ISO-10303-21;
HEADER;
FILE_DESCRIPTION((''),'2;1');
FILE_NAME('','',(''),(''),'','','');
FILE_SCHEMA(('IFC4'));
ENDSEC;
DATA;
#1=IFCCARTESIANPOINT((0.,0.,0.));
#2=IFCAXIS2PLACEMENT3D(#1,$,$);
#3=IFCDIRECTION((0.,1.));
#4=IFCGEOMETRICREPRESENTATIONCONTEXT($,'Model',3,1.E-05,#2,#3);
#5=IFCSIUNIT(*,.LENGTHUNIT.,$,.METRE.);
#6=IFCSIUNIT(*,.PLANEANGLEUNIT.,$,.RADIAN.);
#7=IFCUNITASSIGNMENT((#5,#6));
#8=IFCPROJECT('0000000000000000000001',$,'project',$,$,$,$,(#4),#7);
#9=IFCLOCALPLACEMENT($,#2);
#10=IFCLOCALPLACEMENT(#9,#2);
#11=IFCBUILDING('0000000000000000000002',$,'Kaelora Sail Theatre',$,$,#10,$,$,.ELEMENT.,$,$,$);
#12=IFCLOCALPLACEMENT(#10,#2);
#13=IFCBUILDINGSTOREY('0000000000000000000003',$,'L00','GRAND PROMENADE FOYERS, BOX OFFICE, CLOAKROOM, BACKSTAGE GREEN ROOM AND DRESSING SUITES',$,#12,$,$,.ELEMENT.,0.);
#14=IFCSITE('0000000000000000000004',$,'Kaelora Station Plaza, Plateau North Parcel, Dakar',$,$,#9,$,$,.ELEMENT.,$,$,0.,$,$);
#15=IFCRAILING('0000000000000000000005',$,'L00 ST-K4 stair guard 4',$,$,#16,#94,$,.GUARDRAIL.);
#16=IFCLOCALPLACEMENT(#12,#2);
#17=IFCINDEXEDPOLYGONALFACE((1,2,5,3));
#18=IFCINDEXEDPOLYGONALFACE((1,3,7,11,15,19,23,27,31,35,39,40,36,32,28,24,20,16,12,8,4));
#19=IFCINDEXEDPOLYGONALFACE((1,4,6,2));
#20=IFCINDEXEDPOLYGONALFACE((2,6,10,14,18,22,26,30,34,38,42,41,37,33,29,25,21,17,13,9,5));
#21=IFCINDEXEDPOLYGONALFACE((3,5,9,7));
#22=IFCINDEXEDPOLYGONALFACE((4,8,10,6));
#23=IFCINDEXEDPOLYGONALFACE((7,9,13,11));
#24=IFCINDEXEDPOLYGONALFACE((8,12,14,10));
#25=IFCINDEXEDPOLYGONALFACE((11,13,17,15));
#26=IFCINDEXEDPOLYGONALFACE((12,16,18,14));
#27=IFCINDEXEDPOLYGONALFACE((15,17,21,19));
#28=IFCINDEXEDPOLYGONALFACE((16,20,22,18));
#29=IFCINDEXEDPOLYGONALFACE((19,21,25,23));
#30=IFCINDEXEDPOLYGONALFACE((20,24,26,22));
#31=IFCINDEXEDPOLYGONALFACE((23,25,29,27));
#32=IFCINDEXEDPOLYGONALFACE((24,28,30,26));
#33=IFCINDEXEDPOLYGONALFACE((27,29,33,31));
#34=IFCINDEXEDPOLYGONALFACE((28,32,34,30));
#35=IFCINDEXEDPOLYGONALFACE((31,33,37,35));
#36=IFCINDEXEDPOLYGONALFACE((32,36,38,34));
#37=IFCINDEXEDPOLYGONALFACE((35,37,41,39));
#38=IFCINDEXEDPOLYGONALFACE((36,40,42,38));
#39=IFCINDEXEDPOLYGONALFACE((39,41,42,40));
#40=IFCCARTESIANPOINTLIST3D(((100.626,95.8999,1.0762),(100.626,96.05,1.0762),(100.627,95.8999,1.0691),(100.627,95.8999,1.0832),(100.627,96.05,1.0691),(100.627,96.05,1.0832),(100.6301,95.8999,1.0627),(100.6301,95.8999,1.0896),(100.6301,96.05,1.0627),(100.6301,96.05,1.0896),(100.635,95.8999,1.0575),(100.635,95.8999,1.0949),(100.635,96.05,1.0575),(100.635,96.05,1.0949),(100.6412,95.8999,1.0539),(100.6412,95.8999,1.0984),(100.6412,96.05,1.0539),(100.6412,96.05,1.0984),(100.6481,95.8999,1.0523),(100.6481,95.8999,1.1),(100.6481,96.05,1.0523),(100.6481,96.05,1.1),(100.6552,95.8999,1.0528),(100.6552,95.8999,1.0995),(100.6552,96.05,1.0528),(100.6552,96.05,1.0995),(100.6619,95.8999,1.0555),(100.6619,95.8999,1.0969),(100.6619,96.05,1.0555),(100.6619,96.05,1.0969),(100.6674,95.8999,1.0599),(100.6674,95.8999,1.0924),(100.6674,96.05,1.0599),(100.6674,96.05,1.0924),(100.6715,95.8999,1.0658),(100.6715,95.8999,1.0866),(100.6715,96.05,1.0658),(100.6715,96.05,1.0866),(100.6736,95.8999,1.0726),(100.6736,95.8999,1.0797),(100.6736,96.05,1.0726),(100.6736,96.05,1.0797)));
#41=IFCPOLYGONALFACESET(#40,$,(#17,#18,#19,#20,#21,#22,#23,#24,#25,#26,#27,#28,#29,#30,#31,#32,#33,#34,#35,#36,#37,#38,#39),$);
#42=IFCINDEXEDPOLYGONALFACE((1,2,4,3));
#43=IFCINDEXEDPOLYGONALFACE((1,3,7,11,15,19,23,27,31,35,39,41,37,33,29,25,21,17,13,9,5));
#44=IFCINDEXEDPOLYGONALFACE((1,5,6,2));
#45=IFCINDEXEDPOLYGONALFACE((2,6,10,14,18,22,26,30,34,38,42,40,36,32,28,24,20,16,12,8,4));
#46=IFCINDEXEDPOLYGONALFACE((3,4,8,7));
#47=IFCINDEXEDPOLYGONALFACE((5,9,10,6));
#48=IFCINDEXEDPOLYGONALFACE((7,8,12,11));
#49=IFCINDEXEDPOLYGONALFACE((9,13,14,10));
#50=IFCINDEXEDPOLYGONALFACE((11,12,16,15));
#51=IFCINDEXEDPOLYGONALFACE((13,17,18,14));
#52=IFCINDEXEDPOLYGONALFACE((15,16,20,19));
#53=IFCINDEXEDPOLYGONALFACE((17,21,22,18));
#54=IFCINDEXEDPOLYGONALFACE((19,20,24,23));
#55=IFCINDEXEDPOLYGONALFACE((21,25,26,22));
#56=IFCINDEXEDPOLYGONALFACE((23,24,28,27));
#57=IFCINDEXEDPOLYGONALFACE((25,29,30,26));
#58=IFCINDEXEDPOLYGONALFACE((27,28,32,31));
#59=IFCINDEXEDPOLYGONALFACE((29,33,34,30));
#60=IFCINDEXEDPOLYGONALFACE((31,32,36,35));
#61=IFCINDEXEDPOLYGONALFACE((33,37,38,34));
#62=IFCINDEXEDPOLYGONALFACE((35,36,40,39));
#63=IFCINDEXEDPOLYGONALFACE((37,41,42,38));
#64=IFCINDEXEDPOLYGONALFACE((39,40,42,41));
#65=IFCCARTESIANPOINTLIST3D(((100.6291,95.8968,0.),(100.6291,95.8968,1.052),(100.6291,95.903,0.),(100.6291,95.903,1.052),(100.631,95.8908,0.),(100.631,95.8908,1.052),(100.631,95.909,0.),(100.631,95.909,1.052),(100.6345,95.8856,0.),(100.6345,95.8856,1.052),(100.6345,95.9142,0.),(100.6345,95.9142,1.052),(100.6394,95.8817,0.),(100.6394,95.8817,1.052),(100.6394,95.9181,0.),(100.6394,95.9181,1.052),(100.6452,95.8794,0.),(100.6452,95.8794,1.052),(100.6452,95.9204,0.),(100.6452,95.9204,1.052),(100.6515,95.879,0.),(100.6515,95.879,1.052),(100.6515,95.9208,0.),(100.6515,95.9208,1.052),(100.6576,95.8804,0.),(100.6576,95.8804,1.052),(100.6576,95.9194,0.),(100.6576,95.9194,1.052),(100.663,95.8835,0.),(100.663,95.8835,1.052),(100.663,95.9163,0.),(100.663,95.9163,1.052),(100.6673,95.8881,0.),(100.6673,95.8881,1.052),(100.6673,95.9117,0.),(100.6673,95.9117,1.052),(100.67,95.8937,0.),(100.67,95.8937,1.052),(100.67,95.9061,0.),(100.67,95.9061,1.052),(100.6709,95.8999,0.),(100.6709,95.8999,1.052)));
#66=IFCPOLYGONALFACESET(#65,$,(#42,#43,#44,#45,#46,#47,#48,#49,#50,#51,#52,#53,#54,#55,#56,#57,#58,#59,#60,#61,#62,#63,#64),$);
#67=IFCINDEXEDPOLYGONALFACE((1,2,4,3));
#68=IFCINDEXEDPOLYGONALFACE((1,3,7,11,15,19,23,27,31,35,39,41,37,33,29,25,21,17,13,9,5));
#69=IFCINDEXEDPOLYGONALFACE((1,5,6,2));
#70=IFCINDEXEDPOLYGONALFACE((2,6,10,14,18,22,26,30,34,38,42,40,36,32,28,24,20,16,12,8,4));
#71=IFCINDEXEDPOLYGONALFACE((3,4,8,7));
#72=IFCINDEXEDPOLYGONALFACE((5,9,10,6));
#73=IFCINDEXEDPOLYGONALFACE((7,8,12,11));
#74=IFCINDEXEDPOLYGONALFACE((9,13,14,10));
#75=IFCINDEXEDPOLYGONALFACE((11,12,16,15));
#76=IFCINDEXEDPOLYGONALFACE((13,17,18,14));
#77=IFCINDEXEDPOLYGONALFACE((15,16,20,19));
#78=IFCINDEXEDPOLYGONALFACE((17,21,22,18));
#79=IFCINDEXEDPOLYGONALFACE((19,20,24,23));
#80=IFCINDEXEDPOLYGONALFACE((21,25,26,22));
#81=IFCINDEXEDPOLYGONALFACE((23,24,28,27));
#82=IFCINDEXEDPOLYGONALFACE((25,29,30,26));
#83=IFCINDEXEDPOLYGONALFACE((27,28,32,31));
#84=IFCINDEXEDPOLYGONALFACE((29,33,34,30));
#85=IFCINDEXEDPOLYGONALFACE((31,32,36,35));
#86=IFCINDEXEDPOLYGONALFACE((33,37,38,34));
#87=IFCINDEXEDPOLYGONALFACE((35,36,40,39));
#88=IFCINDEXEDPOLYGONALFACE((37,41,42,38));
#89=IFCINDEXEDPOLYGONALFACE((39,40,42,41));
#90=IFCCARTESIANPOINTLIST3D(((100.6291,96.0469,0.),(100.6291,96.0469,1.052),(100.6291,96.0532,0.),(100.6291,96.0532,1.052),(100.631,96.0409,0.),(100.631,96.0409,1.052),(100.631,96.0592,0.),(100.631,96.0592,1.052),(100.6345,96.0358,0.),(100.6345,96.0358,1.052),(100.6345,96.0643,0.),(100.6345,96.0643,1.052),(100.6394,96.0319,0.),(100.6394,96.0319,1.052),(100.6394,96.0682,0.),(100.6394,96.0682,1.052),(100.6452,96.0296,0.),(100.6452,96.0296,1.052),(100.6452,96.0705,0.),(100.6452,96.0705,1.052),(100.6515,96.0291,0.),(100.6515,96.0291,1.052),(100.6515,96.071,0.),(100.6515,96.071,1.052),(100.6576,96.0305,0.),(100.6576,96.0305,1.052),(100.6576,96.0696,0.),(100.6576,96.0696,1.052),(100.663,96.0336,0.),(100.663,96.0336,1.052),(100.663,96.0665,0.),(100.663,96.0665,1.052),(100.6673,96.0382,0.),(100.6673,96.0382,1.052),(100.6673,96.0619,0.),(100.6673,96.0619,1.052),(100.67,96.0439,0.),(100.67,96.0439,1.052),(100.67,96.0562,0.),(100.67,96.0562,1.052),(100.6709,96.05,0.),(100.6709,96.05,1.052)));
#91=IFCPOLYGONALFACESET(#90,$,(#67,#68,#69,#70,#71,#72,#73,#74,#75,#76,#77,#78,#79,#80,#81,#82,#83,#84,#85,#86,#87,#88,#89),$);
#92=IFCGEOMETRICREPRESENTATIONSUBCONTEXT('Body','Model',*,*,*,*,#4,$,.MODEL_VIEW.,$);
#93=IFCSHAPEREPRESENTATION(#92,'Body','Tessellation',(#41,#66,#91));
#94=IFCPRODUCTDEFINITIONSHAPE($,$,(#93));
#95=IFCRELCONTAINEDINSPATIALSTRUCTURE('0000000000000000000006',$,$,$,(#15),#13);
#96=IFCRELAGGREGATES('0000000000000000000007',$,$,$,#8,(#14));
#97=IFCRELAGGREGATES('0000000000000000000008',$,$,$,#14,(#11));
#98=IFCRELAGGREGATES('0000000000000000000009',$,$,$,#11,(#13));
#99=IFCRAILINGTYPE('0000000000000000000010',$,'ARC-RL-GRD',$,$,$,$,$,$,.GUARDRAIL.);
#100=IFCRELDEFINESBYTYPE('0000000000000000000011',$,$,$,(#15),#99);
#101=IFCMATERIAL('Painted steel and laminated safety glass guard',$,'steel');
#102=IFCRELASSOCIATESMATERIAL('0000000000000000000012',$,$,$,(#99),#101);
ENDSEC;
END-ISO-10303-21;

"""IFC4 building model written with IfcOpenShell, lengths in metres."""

from ifc_helpers import new_model, si_unit, direction, frame, origin, origin_2d, place, context, subcontext, project, spatial, circle, extrude, material, type_object, element, save


model = new_model("IFC4")

# Units and contexts
model_context = context("Model", 3, precision=1e-05, world=origin(), true_north=direction((0.0, 1.0)))
body_context = subcontext(model_context, "Body", "Model", "MODEL_VIEW")
ifc_project = project(units=[si_unit("LENGTHUNIT", "METRE"), si_unit("PLANEANGLEUNIT", "RADIAN")], contexts=[model_context])

# Site, building, storey
site_placement = place(None, origin())
site = spatial("IfcSite", under=ifc_project, at=site_placement, Name="Kaelora Station Plaza, Plateau North Parcel, Dakar", CompositionType="ELEMENT", RefElevation=0.0)
building_placement = place(site_placement, origin())
building = spatial("IfcBuilding", under=site, at=building_placement, Name="Kaelora Sail Theatre", CompositionType="ELEMENT")
storey_placement = place(building_placement, origin())
storey = spatial("IfcBuildingStorey", under=building, at=storey_placement, Name="L00", Description="GRAND PROMENADE FOYERS, BOX OFFICE, CLOAKROOM, BACKSTAGE GREEN ROOM AND DRESSING SUITES", CompositionType="ELEMENT", Elevation=0.0)

# Railing
ifc_material_1 = material(Name="Painted steel and laminated safety glass guard", Category="steel")
railing_type_1 = type_object("IfcRailingType", Name="ARC-RL-GRD", PredefinedType="GUARDRAIL", material=ifc_material_1)
railing_1_placement = place(storey_placement, frame((100.6499, 95.8999, 0.0)))
element("IfcRailing", 1, at=railing_1_placement, inside=storey, type_object=railing_type_1, Name="L00 ST-K4 stair guard 4", PredefinedType="GUARDRAIL", context=body_context, shape_type="SweptSolid", body=[
    extrude(circle(Radius=0.0239, at=origin_2d()), frame((0.0, 0.0, 1.0762), z_axis=(0.0, 1.0, 0.0), x_axis=(-1.0, 0.0, 0.0)), (0.0, 0.0, 1.0), 0.1501),
    extrude(circle(Radius=0.021, at=origin_2d()), origin(), (0.0, 0.0, 1.0), 1.052),
    extrude(circle(Radius=0.021, at=origin_2d()), frame((0.0, 0.1501, 0.0)), (0.0, 0.0, 1.0), 1.052),
])

save(model, "model.ifc")
